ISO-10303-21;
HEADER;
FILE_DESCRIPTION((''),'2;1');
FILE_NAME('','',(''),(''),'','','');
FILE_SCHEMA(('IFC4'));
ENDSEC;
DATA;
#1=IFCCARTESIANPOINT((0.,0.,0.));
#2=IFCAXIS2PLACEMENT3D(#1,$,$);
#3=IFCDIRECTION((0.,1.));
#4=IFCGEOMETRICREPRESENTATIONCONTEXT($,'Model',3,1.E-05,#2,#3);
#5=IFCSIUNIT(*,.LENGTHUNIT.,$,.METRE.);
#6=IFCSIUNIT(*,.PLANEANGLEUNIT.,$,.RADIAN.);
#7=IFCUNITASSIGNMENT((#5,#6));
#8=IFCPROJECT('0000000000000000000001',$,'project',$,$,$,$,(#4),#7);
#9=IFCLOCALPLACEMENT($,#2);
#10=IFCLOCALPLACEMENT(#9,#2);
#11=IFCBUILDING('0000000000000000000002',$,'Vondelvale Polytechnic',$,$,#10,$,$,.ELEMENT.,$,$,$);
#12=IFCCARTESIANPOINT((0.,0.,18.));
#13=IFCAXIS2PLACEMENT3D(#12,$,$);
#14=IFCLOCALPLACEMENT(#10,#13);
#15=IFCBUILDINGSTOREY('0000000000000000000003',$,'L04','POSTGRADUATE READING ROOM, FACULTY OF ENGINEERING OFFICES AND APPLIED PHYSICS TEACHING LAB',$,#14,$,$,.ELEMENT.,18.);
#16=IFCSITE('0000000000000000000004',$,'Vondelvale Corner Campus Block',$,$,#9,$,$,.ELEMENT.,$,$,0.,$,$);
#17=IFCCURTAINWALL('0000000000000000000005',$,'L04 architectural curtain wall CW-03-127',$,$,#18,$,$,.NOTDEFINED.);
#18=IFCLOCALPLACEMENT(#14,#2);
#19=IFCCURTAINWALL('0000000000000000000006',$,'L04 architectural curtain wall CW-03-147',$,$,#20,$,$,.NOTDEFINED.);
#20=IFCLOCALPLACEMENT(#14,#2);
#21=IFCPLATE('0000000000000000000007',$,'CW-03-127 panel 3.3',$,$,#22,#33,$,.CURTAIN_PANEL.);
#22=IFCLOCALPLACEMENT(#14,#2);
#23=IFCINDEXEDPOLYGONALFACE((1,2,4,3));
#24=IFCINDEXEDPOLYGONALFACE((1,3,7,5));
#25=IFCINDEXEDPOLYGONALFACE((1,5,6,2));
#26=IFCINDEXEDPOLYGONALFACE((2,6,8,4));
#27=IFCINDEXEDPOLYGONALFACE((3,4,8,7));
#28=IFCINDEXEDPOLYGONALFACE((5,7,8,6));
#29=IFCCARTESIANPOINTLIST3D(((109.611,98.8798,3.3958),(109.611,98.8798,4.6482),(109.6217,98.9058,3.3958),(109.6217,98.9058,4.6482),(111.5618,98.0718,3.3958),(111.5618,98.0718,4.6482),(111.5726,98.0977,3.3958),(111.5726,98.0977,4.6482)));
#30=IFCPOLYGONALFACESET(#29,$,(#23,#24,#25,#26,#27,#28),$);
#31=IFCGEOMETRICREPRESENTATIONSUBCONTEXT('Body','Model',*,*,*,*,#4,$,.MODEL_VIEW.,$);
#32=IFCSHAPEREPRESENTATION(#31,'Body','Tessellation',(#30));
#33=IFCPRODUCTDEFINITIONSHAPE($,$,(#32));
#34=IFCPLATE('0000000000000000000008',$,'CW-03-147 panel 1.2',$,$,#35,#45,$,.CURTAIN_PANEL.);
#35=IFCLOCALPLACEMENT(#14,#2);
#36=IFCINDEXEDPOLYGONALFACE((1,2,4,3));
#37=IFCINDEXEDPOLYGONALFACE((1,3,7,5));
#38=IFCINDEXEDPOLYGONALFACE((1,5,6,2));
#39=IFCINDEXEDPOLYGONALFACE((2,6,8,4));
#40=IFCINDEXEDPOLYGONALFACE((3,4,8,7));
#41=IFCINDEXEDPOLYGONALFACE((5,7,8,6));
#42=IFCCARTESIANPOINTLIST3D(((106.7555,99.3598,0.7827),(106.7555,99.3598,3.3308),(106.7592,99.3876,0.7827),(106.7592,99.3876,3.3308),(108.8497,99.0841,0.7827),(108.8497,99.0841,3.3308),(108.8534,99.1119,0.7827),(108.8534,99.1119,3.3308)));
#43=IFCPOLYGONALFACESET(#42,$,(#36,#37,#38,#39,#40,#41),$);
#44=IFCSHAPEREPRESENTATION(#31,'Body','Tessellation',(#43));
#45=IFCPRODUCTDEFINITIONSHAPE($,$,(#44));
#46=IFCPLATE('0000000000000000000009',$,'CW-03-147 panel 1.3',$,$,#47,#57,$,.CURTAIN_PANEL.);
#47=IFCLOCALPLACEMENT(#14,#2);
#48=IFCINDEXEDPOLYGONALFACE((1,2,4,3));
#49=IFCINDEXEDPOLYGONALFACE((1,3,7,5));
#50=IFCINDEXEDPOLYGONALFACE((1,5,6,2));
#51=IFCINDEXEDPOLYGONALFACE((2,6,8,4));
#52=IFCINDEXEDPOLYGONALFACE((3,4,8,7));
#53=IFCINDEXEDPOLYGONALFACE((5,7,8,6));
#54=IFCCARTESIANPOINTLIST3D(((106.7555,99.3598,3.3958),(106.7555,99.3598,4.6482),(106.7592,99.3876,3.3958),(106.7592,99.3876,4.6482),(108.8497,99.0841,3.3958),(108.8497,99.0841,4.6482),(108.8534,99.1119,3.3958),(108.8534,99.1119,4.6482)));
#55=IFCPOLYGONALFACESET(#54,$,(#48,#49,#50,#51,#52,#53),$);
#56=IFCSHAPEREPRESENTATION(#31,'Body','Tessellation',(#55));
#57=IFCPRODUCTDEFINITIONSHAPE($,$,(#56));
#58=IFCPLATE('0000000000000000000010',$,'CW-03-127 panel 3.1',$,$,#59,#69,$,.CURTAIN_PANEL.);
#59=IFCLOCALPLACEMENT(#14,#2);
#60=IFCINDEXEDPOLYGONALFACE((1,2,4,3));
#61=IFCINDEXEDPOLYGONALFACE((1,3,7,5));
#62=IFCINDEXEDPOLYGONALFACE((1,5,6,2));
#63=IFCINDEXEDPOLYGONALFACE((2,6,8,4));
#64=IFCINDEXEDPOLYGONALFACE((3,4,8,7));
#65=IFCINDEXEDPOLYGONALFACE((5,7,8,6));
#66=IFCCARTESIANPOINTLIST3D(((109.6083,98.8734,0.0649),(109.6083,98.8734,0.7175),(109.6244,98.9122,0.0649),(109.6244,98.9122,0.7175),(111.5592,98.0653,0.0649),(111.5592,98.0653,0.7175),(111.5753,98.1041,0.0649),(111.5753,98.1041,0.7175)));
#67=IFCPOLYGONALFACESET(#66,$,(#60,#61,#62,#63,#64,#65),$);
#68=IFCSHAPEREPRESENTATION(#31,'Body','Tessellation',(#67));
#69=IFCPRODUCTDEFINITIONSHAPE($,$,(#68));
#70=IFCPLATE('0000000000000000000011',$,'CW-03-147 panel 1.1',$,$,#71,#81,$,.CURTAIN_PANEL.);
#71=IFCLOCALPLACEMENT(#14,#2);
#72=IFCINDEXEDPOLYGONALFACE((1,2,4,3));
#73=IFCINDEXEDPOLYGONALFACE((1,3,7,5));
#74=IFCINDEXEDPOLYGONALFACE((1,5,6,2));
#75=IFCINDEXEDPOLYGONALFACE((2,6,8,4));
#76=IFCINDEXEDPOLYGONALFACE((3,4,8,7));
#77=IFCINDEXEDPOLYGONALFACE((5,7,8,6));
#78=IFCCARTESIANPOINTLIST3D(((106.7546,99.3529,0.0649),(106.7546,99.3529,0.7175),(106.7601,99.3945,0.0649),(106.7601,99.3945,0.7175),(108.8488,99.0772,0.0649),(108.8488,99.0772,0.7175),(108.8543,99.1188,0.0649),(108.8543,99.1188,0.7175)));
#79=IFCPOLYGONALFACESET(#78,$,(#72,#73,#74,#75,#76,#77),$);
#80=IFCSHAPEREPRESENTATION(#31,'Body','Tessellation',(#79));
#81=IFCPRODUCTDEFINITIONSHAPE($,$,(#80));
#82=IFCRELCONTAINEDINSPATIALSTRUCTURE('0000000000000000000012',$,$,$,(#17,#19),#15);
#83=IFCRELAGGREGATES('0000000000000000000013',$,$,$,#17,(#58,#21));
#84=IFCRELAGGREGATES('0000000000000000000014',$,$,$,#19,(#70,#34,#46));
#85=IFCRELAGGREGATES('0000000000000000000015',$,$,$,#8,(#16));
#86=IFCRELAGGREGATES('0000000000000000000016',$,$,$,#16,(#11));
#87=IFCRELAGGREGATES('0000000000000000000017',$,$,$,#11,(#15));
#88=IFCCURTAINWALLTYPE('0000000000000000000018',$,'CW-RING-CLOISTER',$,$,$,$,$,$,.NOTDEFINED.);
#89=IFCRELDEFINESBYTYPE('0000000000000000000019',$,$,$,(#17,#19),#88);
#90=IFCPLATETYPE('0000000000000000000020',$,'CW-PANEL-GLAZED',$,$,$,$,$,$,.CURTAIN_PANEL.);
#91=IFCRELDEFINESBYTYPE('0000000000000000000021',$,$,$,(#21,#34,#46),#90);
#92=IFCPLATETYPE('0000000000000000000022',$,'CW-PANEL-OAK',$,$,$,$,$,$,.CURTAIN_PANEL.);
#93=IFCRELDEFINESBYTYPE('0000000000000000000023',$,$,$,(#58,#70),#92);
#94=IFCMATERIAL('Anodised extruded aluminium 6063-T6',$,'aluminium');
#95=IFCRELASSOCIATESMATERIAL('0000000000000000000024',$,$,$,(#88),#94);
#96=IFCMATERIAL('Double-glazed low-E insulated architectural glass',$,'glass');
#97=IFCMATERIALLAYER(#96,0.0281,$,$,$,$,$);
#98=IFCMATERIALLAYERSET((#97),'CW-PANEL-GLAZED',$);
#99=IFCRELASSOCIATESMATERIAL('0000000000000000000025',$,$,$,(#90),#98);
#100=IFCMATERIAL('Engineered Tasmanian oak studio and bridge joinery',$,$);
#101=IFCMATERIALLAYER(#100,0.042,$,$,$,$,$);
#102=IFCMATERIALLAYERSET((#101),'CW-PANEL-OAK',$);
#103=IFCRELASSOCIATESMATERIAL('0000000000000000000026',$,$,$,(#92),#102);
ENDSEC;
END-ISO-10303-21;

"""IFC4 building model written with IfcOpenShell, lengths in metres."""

from ifc_helpers import new_model, si_unit, direction, frame, origin, origin_2d, place, context, subcontext, project, spatial, rectangle, extrude, material, layer, layer_set, type_object, element, aggregate, save


model = new_model("IFC4")

# Units and contexts
model_context = context("Model", 3, precision=1e-05, world=origin(), true_north=direction((0.0, 1.0)))
body_context = subcontext(model_context, "Body", "Model", "MODEL_VIEW")
ifc_project = project(units=[si_unit("LENGTHUNIT", "METRE"), si_unit("PLANEANGLEUNIT", "RADIAN")], contexts=[model_context])

# Site, building, storey
site_placement = place(None, origin())
site = spatial("IfcSite", under=ifc_project, at=site_placement, Name="Vondelvale Corner Campus Block", CompositionType="ELEMENT", RefElevation=0.0)
building_placement = place(site_placement, origin())
building = spatial("IfcBuilding", under=site, at=building_placement, Name="Vondelvale Polytechnic", CompositionType="ELEMENT")
storey_placement = place(building_placement, frame((0.0, 0.0, 18.0)))
storey = spatial("IfcBuildingStorey", under=building, at=storey_placement, Name="L04", Description="POSTGRADUATE READING ROOM, FACULTY OF ENGINEERING OFFICES AND APPLIED PHYSICS TEACHING LAB", CompositionType="ELEMENT", Elevation=18.0)

# Curtain walls
ifc_material_1 = material(Name="Anodised extruded aluminium 6063-T6", Category="aluminium")
curtain_wall_type = type_object("IfcCurtainWallType", Name="CW-RING-CLOISTER", PredefinedType="NOTDEFINED", material=ifc_material_1)
curtain_wall_1_placement = place(storey_placement, origin())
curtain_wall_1 = element("IfcCurtainWall", 1, at=curtain_wall_1_placement, inside=storey, type_object=curtain_wall_type, Name="L04 architectural curtain wall CW-03-127", PredefinedType="NOTDEFINED")
curtain_wall_2_placement = place(storey_placement, origin())
curtain_wall_2 = element("IfcCurtainWall", 2, at=curtain_wall_2_placement, inside=storey, type_object=curtain_wall_type, Name="L04 architectural curtain wall CW-03-147", PredefinedType="NOTDEFINED")

# Plates
ifc_material_2 = material(Name="Double-glazed low-E insulated architectural glass", Category="glass")
ifc_layer_1 = layer(ifc_material_2, 0.0281)
ifc_layer_set_1 = layer_set([ifc_layer_1], Name="CW-PANEL-GLAZED")
plate_type_1 = type_object("IfcPlateType", Name="CW-PANEL-GLAZED", PredefinedType="CURTAIN_PANEL", material=ifc_layer_set_1)
plate_1_placement = place(storey_placement, frame((110.5918, 98.4888, 3.3958), z_axis=(0.0, 0.0, 1.0), x_axis=(-0.923882, 0.382679, 0.0)))
plate_1 = element("IfcPlate", 3, at=plate_1_placement, type_object=plate_type_1, Name="CW-03-127 panel 3.3", PredefinedType="CURTAIN_PANEL", context=body_context, shape_type="SweptSolid", body=[
    extrude(rectangle(XDim=2.1116, YDim=0.0281, at=origin_2d()), origin(), (0.0, 0.0, 1.0), 1.2524),
])
plate_2_placement = place(storey_placement, frame((107.8044, 99.2358, 0.7827), z_axis=(0.0, 0.0, 1.0), x_axis=(-0.991445, 0.130528, 0.0)))
plate_2 = element("IfcPlate", 4, at=plate_2_placement, type_object=plate_type_1, Name="CW-03-147 panel 1.2", PredefinedType="CURTAIN_PANEL", context=body_context, shape_type="SweptSolid", body=[
    extrude(rectangle(XDim=2.1123, YDim=0.0281, at=origin_2d()), origin(), (0.0, 0.0, 1.0), 2.5481),
])
plate_3_placement = place(storey_placement, frame((107.8044, 99.2358, 3.3958), z_axis=(0.0, 0.0, 1.0), x_axis=(-0.991445, 0.130528, 0.0)))
plate_3 = element("IfcPlate", 5, at=plate_3_placement, type_object=plate_type_1, Name="CW-03-147 panel 1.3", PredefinedType="CURTAIN_PANEL", context=body_context, shape_type="SweptSolid", body=[
    extrude(rectangle(XDim=2.1123, YDim=0.0281, at=origin_2d()), origin(), (0.0, 0.0, 1.0), 1.2524),
])
ifc_material_3 = material(Name="Engineered Tasmanian oak studio and bridge joinery")
ifc_layer_2 = layer(ifc_material_3, 0.042)
ifc_layer_set_2 = layer_set([ifc_layer_2], Name="CW-PANEL-OAK")
plate_type_2 = type_object("IfcPlateType", Name="CW-PANEL-OAK", PredefinedType="CURTAIN_PANEL", material=ifc_layer_set_2)
plate_4_placement = place(storey_placement, frame((110.5918, 98.4888, 0.0649), z_axis=(0.0, 0.0, 1.0), x_axis=(-0.923882, 0.382679, 0.0)))
plate_4 = element("IfcPlate", 6, at=plate_4_placement, type_object=plate_type_2, Name="CW-03-127 panel 3.1", PredefinedType="CURTAIN_PANEL", context=body_context, shape_type="SweptSolid", body=[
    extrude(rectangle(XDim=2.1116, YDim=0.042, at=origin_2d()), origin(), (0.0, 0.0, 1.0), 0.6526),
])
aggregate(curtain_wall_1, [plate_4, plate_1])
plate_5_placement = place(storey_placement, frame((107.8044, 99.2358, 0.0649), z_axis=(0.0, 0.0, 1.0), x_axis=(-0.991445, 0.130528, 0.0)))
plate_5 = element("IfcPlate", 7, at=plate_5_placement, type_object=plate_type_2, Name="CW-03-147 panel 1.1", PredefinedType="CURTAIN_PANEL", context=body_context, shape_type="SweptSolid", body=[
    extrude(rectangle(XDim=2.1123, YDim=0.042, at=origin_2d()), origin(), (0.0, 0.0, 1.0), 0.6526),
])
aggregate(curtain_wall_2, [plate_5, plate_2, plate_3])

save(model, "model.ifc")
